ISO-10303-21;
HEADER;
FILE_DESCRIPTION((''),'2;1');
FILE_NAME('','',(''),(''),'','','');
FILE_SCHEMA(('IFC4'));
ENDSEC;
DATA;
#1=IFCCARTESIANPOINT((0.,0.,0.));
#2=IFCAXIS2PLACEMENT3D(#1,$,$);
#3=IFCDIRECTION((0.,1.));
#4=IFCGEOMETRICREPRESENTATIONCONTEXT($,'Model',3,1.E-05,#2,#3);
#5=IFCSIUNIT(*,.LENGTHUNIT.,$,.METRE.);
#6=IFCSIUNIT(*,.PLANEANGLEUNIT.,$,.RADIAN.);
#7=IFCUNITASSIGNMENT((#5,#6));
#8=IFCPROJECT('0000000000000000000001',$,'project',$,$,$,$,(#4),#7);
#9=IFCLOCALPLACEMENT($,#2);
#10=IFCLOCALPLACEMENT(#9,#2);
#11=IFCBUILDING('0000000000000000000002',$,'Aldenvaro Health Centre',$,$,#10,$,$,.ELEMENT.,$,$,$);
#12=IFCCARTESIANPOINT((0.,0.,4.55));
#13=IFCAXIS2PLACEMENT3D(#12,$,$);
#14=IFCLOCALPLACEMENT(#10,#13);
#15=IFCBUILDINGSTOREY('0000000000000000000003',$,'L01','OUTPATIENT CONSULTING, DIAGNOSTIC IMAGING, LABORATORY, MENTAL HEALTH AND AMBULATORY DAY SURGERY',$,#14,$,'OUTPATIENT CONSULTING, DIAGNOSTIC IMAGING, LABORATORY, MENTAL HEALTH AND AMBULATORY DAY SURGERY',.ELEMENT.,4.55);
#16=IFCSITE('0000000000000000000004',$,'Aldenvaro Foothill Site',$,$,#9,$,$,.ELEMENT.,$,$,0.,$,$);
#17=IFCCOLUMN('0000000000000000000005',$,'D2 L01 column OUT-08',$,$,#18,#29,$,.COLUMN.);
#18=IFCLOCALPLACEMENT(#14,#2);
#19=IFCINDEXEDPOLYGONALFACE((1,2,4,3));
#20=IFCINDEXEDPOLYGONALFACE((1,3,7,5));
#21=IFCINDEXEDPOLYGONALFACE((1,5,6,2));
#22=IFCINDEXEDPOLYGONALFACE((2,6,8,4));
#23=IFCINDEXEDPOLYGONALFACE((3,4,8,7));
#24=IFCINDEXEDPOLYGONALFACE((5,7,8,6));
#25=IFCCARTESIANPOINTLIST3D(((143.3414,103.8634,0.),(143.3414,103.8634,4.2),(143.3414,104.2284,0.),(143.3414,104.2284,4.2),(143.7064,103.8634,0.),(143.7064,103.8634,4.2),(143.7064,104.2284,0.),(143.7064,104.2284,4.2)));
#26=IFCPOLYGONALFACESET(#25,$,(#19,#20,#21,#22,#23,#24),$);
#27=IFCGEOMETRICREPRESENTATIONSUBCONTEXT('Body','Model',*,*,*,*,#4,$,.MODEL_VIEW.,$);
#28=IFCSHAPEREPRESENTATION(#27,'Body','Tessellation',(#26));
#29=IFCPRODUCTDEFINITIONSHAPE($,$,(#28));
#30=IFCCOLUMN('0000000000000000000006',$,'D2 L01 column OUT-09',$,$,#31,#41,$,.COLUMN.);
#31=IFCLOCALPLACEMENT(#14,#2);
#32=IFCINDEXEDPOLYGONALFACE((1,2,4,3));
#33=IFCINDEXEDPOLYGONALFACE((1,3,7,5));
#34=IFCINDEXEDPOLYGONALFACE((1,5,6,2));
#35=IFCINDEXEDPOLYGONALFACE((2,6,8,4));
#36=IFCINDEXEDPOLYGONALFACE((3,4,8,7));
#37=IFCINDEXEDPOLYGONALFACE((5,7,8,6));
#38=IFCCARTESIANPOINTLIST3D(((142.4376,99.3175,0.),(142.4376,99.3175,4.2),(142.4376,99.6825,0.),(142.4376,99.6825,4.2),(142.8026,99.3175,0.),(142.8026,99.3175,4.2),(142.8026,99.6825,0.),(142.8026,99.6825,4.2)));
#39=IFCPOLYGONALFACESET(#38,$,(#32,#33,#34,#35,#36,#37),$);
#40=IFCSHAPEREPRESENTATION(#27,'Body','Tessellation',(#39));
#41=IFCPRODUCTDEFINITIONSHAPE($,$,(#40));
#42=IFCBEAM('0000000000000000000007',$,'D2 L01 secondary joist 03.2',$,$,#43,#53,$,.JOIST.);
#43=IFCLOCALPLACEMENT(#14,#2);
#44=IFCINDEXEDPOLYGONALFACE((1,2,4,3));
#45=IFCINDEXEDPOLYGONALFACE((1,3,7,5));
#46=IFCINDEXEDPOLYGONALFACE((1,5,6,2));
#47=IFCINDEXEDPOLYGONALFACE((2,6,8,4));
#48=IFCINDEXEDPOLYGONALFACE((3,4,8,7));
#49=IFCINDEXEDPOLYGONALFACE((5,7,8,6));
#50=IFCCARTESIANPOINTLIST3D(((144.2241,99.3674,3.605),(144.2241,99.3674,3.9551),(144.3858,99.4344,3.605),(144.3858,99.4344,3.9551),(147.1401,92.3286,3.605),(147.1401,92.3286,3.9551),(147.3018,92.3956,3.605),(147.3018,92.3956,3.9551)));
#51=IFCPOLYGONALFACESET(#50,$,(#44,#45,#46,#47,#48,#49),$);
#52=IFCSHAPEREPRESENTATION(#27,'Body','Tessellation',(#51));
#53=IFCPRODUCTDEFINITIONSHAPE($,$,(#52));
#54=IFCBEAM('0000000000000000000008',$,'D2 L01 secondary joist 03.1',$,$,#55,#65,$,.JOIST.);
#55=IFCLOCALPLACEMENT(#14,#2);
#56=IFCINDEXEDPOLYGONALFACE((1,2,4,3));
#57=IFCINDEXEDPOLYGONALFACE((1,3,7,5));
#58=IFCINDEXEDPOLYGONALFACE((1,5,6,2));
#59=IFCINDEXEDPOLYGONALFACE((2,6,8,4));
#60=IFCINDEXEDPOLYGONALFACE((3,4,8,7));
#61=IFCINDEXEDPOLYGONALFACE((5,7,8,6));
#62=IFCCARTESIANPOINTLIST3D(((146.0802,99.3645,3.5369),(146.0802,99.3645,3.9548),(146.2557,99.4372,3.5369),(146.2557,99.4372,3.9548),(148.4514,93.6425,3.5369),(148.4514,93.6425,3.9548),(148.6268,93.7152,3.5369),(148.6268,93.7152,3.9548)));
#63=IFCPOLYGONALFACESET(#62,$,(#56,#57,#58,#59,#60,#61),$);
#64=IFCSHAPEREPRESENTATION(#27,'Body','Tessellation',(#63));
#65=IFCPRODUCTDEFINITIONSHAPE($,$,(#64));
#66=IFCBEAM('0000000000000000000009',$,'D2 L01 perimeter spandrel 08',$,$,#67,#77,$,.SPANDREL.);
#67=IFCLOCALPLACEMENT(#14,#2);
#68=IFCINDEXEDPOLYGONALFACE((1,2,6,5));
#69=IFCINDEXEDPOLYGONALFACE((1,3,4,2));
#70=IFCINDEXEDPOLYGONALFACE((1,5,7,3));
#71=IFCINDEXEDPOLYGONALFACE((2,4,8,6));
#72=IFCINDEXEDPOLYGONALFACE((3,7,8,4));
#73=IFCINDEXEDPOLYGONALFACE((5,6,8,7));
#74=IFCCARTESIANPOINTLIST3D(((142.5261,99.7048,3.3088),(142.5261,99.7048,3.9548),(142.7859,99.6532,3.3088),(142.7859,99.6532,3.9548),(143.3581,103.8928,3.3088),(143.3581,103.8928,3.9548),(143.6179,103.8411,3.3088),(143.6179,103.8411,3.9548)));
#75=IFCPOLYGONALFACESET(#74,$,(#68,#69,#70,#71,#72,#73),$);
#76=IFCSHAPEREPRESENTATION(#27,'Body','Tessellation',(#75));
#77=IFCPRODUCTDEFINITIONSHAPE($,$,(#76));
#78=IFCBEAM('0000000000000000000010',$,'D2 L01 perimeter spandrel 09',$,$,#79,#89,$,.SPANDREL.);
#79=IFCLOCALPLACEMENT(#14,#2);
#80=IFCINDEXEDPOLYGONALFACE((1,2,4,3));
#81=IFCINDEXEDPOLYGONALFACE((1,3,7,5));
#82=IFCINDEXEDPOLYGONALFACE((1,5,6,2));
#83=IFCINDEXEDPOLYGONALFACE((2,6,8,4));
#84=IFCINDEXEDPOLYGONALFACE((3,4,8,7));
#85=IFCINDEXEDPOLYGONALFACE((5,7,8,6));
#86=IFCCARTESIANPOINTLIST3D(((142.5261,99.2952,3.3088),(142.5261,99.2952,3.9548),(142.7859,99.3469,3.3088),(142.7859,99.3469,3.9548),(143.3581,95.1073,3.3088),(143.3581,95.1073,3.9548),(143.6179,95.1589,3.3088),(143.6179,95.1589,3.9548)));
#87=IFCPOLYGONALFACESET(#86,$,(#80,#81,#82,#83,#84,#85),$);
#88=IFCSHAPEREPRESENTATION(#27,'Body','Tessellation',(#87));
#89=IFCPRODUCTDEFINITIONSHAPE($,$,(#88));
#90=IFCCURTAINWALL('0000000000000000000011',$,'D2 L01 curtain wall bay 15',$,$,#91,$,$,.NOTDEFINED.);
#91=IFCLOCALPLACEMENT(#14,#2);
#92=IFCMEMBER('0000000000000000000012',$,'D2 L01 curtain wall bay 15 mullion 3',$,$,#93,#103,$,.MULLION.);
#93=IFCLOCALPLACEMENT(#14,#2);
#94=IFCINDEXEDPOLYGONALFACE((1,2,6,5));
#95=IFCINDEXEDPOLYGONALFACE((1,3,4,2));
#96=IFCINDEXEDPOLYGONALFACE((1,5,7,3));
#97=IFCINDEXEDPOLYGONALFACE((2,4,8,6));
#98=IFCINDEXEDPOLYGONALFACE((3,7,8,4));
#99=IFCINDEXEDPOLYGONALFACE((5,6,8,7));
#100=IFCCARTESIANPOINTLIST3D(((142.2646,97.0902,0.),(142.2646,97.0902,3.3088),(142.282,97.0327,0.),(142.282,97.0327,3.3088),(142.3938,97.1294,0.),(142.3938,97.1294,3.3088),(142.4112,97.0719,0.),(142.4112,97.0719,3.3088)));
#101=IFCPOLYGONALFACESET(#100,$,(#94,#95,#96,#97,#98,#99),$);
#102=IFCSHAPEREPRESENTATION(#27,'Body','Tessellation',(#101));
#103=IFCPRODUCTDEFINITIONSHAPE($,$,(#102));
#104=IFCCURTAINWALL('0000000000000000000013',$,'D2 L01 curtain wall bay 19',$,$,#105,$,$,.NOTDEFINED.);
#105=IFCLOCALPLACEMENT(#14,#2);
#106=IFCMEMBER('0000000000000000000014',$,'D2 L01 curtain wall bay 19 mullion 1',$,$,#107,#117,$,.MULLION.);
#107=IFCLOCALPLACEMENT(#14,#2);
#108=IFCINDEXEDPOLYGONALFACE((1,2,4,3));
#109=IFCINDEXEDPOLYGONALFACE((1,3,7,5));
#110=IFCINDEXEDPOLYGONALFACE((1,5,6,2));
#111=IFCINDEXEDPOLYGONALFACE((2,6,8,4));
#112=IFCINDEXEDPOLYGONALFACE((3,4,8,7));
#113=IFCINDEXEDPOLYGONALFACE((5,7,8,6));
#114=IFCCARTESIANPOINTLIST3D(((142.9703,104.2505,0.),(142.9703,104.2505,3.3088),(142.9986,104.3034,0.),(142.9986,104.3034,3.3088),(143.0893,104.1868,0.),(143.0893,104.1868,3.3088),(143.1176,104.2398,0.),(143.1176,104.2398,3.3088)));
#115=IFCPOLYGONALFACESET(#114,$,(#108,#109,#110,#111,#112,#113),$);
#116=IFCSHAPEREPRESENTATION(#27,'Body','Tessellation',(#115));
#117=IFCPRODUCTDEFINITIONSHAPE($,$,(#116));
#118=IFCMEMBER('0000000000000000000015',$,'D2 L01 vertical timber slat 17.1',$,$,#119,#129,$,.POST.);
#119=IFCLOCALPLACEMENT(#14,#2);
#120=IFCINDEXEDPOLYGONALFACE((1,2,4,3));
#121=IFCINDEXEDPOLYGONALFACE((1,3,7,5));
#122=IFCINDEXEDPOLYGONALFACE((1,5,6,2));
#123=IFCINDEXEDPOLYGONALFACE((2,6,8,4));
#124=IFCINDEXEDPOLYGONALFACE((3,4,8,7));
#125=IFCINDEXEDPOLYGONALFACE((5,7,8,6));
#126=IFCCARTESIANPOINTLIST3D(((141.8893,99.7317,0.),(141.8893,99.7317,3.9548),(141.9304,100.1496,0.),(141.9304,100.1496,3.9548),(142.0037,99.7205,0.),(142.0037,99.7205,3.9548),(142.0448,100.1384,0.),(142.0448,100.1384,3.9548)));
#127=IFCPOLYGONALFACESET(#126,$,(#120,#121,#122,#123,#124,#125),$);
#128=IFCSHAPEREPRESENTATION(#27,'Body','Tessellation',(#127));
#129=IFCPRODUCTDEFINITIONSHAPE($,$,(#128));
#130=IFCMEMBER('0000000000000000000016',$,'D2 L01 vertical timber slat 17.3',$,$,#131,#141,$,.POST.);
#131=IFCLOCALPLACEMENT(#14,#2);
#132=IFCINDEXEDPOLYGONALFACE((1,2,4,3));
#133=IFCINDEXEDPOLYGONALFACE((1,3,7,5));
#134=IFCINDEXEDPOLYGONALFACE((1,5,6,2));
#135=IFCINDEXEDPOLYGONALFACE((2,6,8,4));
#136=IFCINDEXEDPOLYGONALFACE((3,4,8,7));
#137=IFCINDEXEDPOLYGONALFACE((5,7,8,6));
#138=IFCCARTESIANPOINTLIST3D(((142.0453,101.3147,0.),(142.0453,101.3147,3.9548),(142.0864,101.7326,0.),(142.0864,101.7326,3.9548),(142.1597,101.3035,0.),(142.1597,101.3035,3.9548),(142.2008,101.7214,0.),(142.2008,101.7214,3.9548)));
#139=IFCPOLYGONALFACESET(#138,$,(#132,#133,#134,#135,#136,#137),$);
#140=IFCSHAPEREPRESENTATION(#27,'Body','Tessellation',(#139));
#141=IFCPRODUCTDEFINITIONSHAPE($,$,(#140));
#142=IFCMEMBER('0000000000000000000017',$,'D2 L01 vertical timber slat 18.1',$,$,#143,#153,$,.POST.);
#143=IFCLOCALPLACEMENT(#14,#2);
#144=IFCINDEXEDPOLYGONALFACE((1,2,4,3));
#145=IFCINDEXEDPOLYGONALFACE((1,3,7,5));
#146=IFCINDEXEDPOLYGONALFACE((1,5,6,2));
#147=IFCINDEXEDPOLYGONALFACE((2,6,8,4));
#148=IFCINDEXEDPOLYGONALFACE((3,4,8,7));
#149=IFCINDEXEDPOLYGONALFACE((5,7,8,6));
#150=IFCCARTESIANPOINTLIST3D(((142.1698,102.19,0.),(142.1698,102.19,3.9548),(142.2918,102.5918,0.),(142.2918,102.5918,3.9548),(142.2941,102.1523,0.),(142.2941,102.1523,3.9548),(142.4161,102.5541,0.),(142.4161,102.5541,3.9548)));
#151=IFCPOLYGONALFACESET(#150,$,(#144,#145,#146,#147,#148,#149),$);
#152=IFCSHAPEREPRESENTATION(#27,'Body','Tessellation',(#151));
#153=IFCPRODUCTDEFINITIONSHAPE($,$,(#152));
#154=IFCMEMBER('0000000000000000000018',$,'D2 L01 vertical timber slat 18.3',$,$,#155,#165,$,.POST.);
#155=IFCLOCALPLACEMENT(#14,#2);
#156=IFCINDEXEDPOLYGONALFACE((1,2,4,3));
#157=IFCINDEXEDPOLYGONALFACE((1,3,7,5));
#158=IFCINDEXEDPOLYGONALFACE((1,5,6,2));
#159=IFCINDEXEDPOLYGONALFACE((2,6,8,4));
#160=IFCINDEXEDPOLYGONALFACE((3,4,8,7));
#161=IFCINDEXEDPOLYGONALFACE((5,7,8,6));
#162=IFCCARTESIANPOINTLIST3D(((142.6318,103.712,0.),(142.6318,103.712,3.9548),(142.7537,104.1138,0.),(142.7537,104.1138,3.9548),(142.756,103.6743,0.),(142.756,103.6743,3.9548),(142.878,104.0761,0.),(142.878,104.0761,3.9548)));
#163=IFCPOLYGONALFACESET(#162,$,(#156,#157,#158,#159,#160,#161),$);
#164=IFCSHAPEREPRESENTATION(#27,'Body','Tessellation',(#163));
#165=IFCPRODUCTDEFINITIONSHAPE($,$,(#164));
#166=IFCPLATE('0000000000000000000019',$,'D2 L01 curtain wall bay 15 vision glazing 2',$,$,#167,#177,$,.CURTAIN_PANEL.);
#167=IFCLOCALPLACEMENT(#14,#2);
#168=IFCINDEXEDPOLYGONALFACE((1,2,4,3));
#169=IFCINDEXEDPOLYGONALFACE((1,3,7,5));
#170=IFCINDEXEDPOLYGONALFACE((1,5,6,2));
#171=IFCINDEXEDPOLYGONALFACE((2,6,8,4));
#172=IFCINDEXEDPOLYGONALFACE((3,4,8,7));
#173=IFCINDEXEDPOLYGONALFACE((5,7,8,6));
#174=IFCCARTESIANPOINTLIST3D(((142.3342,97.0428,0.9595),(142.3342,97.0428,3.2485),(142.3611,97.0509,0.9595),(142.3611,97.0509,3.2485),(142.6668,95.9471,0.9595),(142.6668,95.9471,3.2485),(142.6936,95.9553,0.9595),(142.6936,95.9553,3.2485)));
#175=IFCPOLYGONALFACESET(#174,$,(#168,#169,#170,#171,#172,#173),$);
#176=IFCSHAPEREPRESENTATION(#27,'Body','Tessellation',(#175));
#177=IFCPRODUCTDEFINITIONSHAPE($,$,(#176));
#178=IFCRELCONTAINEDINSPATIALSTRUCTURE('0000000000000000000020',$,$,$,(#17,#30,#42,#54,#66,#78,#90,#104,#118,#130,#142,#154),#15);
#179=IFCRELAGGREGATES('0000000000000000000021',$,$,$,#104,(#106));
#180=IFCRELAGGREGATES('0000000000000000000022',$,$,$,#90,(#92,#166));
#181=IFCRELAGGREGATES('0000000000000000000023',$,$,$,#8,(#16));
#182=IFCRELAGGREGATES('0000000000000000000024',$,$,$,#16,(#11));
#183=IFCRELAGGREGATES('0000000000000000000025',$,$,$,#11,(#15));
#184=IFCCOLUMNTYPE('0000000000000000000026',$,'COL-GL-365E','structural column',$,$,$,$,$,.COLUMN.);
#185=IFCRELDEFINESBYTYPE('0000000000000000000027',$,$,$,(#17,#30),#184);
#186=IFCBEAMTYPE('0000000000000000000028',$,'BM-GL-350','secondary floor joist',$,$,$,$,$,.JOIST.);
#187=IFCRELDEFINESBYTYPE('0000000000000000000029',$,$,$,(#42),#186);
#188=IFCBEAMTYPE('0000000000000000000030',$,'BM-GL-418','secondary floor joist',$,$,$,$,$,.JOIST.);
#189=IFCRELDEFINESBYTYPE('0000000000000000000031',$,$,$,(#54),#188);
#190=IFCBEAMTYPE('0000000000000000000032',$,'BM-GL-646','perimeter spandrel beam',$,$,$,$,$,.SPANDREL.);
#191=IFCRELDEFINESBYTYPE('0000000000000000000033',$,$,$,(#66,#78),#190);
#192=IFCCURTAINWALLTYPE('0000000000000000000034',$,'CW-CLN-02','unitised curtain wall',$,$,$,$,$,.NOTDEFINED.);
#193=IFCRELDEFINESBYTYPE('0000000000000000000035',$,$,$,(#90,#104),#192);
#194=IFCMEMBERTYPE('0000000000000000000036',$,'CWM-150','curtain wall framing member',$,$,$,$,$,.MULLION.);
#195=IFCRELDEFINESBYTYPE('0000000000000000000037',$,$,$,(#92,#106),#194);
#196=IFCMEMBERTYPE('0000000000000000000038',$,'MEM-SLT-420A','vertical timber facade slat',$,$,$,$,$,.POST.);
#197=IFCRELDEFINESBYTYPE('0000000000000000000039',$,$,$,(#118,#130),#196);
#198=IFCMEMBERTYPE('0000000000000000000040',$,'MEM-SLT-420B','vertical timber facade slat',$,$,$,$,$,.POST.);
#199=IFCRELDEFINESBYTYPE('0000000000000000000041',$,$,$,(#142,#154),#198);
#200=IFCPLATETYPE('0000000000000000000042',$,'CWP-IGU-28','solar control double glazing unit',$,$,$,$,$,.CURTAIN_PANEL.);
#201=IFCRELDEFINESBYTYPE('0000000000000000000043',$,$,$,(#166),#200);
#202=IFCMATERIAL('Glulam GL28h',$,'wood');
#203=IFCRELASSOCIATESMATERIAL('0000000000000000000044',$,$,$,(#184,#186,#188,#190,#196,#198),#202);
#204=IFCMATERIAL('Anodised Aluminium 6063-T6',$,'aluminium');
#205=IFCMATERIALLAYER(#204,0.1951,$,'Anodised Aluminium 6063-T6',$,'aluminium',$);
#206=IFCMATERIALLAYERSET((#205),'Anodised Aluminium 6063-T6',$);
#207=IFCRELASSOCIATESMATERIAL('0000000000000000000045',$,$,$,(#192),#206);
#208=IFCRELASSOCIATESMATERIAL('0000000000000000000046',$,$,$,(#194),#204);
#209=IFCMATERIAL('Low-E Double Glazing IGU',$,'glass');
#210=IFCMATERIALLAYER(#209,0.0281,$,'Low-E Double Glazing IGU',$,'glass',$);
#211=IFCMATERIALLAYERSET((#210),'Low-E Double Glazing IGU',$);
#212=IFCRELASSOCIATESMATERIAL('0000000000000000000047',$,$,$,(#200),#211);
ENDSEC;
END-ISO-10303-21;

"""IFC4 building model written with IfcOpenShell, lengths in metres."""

from ifc_helpers import new_model, si_unit, direction, frame, origin, origin_2d, place, context, subcontext, project, spatial, rectangle, extrude, material, layer, layer_set, material_profile, profile_set, type_object, element, aggregate, save


model = new_model("IFC4")

# Units and contexts
model_context = context("Model", 3, precision=1e-05, world=origin(), true_north=direction((0.0, 1.0)))
body_context = subcontext(model_context, "Body", "Model", "MODEL_VIEW")
ifc_project = project(units=[si_unit("LENGTHUNIT", "METRE"), si_unit("PLANEANGLEUNIT", "RADIAN")], contexts=[model_context])

# Site, building, storey
site_placement = place(None, origin())
site = spatial("IfcSite", under=ifc_project, at=site_placement, Name="Aldenvaro Foothill Site", CompositionType="ELEMENT", RefElevation=0.0)
building_placement = place(site_placement, origin())
building = spatial("IfcBuilding", under=site, at=building_placement, Name="Aldenvaro Health Centre", CompositionType="ELEMENT")
storey_placement = place(building_placement, frame((0.0, 0.0, 4.55)))
storey = spatial("IfcBuildingStorey", under=building, at=storey_placement, Name="L01", Description="OUTPATIENT CONSULTING, DIAGNOSTIC IMAGING, LABORATORY, MENTAL HEALTH AND AMBULATORY DAY SURGERY", LongName="OUTPATIENT CONSULTING, DIAGNOSTIC IMAGING, LABORATORY, MENTAL HEALTH AND AMBULATORY DAY SURGERY", CompositionType="ELEMENT", Elevation=4.55)

# Columns
ifc_material_1 = material(Name="Glulam GL28h", Category="wood")
ifc_material_profile_1 = material_profile(ifc_material_1, rectangle(XDim=0.365, YDim=0.365, at=origin_2d()), Name="GL 365x365", Category="wood")
ifc_profile_set_1 = profile_set([ifc_material_profile_1], Name="Glulam GL28h")
column_type = type_object("IfcColumnType", Name="COL-GL-365E", Description="structural column", PredefinedType="COLUMN", material=ifc_profile_set_1)
for number, where, z_axis, x_axis, name in (
    (1, (143.5239, 104.0459, 0.0), (0.0, 0.0, 1.0), (1.0, 0.0, 0.0), "D2 L01 column OUT-08"),
    (2, (142.6201, 99.5, 0.0), (0.0, 0.0, 1.0), (1.0, 0.0, 0.0), "D2 L01 column OUT-09"),
):
    element("IfcColumn", number, at=place(storey_placement, frame(where, z_axis=z_axis, x_axis=x_axis)), inside=storey, type_object=column_type, Name=name, PredefinedType="COLUMN", context=body_context, shape_type="SweptSolid", body=[
        extrude(rectangle(XDim=0.365, YDim=0.365, at=origin_2d()), origin(), (0.0, 0.0, 1.0), 4.2),
    ])

# Beams
ifc_material_profile_2 = material_profile(ifc_material_1, rectangle(XDim=0.175, YDim=0.3501, at=origin_2d()), Name="GL 175x350", Category="wood")
ifc_profile_set_2 = profile_set([ifc_material_profile_2], Name="Glulam GL28h")
beam_type_1 = type_object("IfcBeamType", Name="BM-GL-350", Description="secondary floor joist", PredefinedType="JOIST", material=ifc_profile_set_2)
beam_1_placement = place(storey_placement, frame((144.3049, 99.4009, 3.78), z_axis=(0.382733, -0.923859, 0.0), x_axis=(0.923859, 0.382733, 0.0)))
element("IfcBeam", 3, at=beam_1_placement, inside=storey, type_object=beam_type_1, Name="D2 L01 secondary joist 03.2", PredefinedType="JOIST", context=body_context, shape_type="SweptSolid", body=[
    extrude(rectangle(XDim=0.175, YDim=0.3501, at=origin_2d()), origin(), (0.0, 0.0, 1.0), 7.6189),
])
ifc_material_profile_3 = material_profile(ifc_material_1, rectangle(XDim=0.1899, YDim=0.418, at=origin_2d()), Name="GL 190x418", Category="wood")
ifc_profile_set_3 = profile_set([ifc_material_profile_3], Name="Glulam GL28h")
beam_type_2 = type_object("IfcBeamType", Name="BM-GL-418", Description="secondary floor joist", PredefinedType="JOIST", material=ifc_profile_set_3)
beam_2_placement = place(storey_placement, frame((146.168, 99.4009, 3.7458), z_axis=(0.382821, -0.923823, 0.0), x_axis=(0.923823, 0.382821, 0.0)))
element("IfcBeam", 4, at=beam_2_placement, inside=storey, type_object=beam_type_2, Name="D2 L01 secondary joist 03.1", PredefinedType="JOIST", context=body_context, shape_type="SweptSolid", body=[
    extrude(rectangle(XDim=0.1899, YDim=0.418, at=origin_2d()), origin(), (0.0, 0.0, 1.0), 6.1938),
])
ifc_material_profile_4 = material_profile(ifc_material_1, rectangle(XDim=0.2649, YDim=0.646, at=origin_2d()), Name="GL 265x646", Category="wood")
ifc_profile_set_4 = profile_set([ifc_material_profile_4], Name="Glulam GL28h")
beam_type_3 = type_object("IfcBeamType", Name="BM-GL-646", Description="perimeter spandrel beam", PredefinedType="SPANDREL", material=ifc_profile_set_4)
for number, where, z_axis, x_axis, name in (
    (5, (143.488, 103.8669, 3.6318), (-0.194862, -0.980831, 0.0), (0.980831, -0.194862, 0.0), "D2 L01 perimeter spandrel 08"),
    (6, (142.656, 99.321, 3.6318), (0.194862, -0.980831, 0.0), (0.980831, 0.194862, 0.0), "D2 L01 perimeter spandrel 09"),
):
    element("IfcBeam", number, at=place(storey_placement, frame(where, z_axis=z_axis, x_axis=x_axis)), inside=storey, type_object=beam_type_3, Name=name, PredefinedType="SPANDREL", context=body_context, shape_type="SweptSolid", body=[
        extrude(rectangle(XDim=0.2649, YDim=0.646, at=origin_2d()), origin(), (0.0, 0.0, 1.0), 4.2698),
    ])

# Curtain walls, members
ifc_material_2 = material(Name="Anodised Aluminium 6063-T6", Category="aluminium")
ifc_layer_1 = layer(ifc_material_2, 0.1951, Name="Anodised Aluminium 6063-T6", Category="aluminium")
ifc_layer_set_1 = layer_set([ifc_layer_1], Name="Anodised Aluminium 6063-T6")
curtain_wall_type = type_object("IfcCurtainWallType", Name="CW-CLN-02", Description="unitised curtain wall", PredefinedType="NOTDEFINED", material=ifc_layer_set_1)
curtain_wall_1_placement = place(storey_placement, origin())
curtain_wall_1 = element("IfcCurtainWall", 7, at=curtain_wall_1_placement, inside=storey, type_object=curtain_wall_type, Name="D2 L01 curtain wall bay 15", PredefinedType="NOTDEFINED")
ifc_material_profile_5 = material_profile(ifc_material_2, rectangle(XDim=0.0601, YDim=0.135, at=origin_2d()), Name="ALU 60x135", Category="aluminium")
ifc_profile_set_5 = profile_set([ifc_material_profile_5], Name="Anodised Aluminium 6063-T6")
member_type_1 = type_object("IfcMemberType", Name="CWM-150", Description="curtain wall framing member", PredefinedType="MULLION", material=ifc_profile_set_5)
member_1_placement = place(storey_placement, frame((142.3379, 97.0811, 0.0), z_axis=(0.0, 0.0, 1.0), x_axis=(-0.290441, 0.956893, 0.0)))
member_1 = element("IfcMember", 8, at=member_1_placement, type_object=member_type_1, Name="D2 L01 curtain wall bay 15 mullion 3", PredefinedType="MULLION", context=body_context, shape_type="SweptSolid", body=[
    extrude(rectangle(XDim=0.0601, YDim=0.135, at=origin_2d()), origin(), (0.0, 0.0, 1.0), 3.3088),
])
curtain_wall_2_placement = place(storey_placement, origin())
curtain_wall_2 = element("IfcCurtainWall", 9, at=curtain_wall_2_placement, inside=storey, type_object=curtain_wall_type, Name="D2 L01 curtain wall bay 19", PredefinedType="NOTDEFINED")
member_2_placement = place(storey_placement, frame((143.0439, 104.2451, 0.0), z_axis=(0.0, 0.0, 1.0), x_axis=(0.471399, 0.88192, 0.0)))
member_2 = element("IfcMember", 10, at=member_2_placement, type_object=member_type_1, Name="D2 L01 curtain wall bay 19 mullion 1", PredefinedType="MULLION", context=body_context, shape_type="SweptSolid", body=[
    extrude(rectangle(XDim=0.0601, YDim=0.135, at=origin_2d()), origin(), (0.0, 0.0, 1.0), 3.3088),
])
aggregate(curtain_wall_2, [member_2])

# Members
ifc_material_profile_6 = material_profile(ifc_material_1, rectangle(XDim=0.115, YDim=0.4199, at=origin_2d()), Name="GL 115x420", Category="wood")
ifc_profile_set_6 = profile_set([ifc_material_profile_6], Name="Glulam GL28h")
member_type_2 = type_object("IfcMemberType", Name="MEM-SLT-420A", Description="vertical timber facade slat", PredefinedType="POST", material=ifc_profile_set_6)
for number, where, z_axis, x_axis, name in (
    (11, (141.967, 99.9351, 0.0), (0.0, 0.0, 1.0), (-0.995195, 0.097915, 0.0), "D2 L01 vertical timber slat 17.1"),
    (12, (142.123, 101.5181, 0.0), (0.0, 0.0, 1.0), (-0.995195, 0.097915, 0.0), "D2 L01 vertical timber slat 17.3"),
):
    element("IfcMember", number, at=place(storey_placement, frame(where, z_axis=z_axis, x_axis=x_axis)), inside=storey, type_object=member_type_2, Name=name, PredefinedType="POST", context=body_context, shape_type="SweptSolid", body=[
        extrude(rectangle(XDim=0.115, YDim=0.4199, at=origin_2d()), origin(), (0.0, 0.0, 1.0), 3.9548),
    ])
ifc_material_profile_7 = material_profile(ifc_material_1, rectangle(XDim=0.1299, YDim=0.4199, at=origin_2d()), Name="GL 130x420", Category="wood")
ifc_profile_set_7 = profile_set([ifc_material_profile_7], Name="Glulam GL28h")
member_type_3 = type_object("IfcMemberType", Name="MEM-SLT-420B", Description="vertical timber facade slat", PredefinedType="POST", material=ifc_profile_set_7)
for number, where, z_axis, x_axis, name in (
    (13, (142.293, 102.3721, 0.0), (0.0, 0.0, 1.0), (-0.956893, 0.290441, 0.0), "D2 L01 vertical timber slat 18.1"),
    (14, (142.7549, 103.894, 0.0), (0.0, 0.0, 1.0), (-0.956893, 0.290441, 0.0), "D2 L01 vertical timber slat 18.3"),
):
    element("IfcMember", number, at=place(storey_placement, frame(where, z_axis=z_axis, x_axis=x_axis)), inside=storey, type_object=member_type_3, Name=name, PredefinedType="POST", context=body_context, shape_type="SweptSolid", body=[
        extrude(rectangle(XDim=0.1299, YDim=0.4199, at=origin_2d()), origin(), (0.0, 0.0, 1.0), 3.9548),
    ])

# Plate
ifc_material_3 = material(Name="Low-E Double Glazing IGU", Category="glass")
ifc_layer_2 = layer(ifc_material_3, 0.0281, Name="Low-E Double Glazing IGU", Category="glass")
ifc_layer_set_2 = layer_set([ifc_layer_2], Name="Low-E Double Glazing IGU")
plate_type = type_object("IfcPlateType", Name="CWP-IGU-28", Description="solar control double glazing unit", PredefinedType="CURTAIN_PANEL", material=ifc_layer_set_2)
plate_placement = place(storey_placement, frame((142.5139, 96.499, 0.9595), z_axis=(0.0, 0.0, 1.0), x_axis=(-0.290441, 0.956893, 0.0)))
plate = element("IfcPlate", 15, at=plate_placement, type_object=plate_type, Name="D2 L01 curtain wall bay 15 vision glazing 2", PredefinedType="CURTAIN_PANEL", context=body_context, shape_type="SweptSolid", body=[
    extrude(rectangle(XDim=1.145, YDim=0.0281, at=origin_2d()), origin(), (0.0, 0.0, 1.0), 2.2891),
])
aggregate(curtain_wall_1, [member_1, plate])

save(model, "model.ifc")
